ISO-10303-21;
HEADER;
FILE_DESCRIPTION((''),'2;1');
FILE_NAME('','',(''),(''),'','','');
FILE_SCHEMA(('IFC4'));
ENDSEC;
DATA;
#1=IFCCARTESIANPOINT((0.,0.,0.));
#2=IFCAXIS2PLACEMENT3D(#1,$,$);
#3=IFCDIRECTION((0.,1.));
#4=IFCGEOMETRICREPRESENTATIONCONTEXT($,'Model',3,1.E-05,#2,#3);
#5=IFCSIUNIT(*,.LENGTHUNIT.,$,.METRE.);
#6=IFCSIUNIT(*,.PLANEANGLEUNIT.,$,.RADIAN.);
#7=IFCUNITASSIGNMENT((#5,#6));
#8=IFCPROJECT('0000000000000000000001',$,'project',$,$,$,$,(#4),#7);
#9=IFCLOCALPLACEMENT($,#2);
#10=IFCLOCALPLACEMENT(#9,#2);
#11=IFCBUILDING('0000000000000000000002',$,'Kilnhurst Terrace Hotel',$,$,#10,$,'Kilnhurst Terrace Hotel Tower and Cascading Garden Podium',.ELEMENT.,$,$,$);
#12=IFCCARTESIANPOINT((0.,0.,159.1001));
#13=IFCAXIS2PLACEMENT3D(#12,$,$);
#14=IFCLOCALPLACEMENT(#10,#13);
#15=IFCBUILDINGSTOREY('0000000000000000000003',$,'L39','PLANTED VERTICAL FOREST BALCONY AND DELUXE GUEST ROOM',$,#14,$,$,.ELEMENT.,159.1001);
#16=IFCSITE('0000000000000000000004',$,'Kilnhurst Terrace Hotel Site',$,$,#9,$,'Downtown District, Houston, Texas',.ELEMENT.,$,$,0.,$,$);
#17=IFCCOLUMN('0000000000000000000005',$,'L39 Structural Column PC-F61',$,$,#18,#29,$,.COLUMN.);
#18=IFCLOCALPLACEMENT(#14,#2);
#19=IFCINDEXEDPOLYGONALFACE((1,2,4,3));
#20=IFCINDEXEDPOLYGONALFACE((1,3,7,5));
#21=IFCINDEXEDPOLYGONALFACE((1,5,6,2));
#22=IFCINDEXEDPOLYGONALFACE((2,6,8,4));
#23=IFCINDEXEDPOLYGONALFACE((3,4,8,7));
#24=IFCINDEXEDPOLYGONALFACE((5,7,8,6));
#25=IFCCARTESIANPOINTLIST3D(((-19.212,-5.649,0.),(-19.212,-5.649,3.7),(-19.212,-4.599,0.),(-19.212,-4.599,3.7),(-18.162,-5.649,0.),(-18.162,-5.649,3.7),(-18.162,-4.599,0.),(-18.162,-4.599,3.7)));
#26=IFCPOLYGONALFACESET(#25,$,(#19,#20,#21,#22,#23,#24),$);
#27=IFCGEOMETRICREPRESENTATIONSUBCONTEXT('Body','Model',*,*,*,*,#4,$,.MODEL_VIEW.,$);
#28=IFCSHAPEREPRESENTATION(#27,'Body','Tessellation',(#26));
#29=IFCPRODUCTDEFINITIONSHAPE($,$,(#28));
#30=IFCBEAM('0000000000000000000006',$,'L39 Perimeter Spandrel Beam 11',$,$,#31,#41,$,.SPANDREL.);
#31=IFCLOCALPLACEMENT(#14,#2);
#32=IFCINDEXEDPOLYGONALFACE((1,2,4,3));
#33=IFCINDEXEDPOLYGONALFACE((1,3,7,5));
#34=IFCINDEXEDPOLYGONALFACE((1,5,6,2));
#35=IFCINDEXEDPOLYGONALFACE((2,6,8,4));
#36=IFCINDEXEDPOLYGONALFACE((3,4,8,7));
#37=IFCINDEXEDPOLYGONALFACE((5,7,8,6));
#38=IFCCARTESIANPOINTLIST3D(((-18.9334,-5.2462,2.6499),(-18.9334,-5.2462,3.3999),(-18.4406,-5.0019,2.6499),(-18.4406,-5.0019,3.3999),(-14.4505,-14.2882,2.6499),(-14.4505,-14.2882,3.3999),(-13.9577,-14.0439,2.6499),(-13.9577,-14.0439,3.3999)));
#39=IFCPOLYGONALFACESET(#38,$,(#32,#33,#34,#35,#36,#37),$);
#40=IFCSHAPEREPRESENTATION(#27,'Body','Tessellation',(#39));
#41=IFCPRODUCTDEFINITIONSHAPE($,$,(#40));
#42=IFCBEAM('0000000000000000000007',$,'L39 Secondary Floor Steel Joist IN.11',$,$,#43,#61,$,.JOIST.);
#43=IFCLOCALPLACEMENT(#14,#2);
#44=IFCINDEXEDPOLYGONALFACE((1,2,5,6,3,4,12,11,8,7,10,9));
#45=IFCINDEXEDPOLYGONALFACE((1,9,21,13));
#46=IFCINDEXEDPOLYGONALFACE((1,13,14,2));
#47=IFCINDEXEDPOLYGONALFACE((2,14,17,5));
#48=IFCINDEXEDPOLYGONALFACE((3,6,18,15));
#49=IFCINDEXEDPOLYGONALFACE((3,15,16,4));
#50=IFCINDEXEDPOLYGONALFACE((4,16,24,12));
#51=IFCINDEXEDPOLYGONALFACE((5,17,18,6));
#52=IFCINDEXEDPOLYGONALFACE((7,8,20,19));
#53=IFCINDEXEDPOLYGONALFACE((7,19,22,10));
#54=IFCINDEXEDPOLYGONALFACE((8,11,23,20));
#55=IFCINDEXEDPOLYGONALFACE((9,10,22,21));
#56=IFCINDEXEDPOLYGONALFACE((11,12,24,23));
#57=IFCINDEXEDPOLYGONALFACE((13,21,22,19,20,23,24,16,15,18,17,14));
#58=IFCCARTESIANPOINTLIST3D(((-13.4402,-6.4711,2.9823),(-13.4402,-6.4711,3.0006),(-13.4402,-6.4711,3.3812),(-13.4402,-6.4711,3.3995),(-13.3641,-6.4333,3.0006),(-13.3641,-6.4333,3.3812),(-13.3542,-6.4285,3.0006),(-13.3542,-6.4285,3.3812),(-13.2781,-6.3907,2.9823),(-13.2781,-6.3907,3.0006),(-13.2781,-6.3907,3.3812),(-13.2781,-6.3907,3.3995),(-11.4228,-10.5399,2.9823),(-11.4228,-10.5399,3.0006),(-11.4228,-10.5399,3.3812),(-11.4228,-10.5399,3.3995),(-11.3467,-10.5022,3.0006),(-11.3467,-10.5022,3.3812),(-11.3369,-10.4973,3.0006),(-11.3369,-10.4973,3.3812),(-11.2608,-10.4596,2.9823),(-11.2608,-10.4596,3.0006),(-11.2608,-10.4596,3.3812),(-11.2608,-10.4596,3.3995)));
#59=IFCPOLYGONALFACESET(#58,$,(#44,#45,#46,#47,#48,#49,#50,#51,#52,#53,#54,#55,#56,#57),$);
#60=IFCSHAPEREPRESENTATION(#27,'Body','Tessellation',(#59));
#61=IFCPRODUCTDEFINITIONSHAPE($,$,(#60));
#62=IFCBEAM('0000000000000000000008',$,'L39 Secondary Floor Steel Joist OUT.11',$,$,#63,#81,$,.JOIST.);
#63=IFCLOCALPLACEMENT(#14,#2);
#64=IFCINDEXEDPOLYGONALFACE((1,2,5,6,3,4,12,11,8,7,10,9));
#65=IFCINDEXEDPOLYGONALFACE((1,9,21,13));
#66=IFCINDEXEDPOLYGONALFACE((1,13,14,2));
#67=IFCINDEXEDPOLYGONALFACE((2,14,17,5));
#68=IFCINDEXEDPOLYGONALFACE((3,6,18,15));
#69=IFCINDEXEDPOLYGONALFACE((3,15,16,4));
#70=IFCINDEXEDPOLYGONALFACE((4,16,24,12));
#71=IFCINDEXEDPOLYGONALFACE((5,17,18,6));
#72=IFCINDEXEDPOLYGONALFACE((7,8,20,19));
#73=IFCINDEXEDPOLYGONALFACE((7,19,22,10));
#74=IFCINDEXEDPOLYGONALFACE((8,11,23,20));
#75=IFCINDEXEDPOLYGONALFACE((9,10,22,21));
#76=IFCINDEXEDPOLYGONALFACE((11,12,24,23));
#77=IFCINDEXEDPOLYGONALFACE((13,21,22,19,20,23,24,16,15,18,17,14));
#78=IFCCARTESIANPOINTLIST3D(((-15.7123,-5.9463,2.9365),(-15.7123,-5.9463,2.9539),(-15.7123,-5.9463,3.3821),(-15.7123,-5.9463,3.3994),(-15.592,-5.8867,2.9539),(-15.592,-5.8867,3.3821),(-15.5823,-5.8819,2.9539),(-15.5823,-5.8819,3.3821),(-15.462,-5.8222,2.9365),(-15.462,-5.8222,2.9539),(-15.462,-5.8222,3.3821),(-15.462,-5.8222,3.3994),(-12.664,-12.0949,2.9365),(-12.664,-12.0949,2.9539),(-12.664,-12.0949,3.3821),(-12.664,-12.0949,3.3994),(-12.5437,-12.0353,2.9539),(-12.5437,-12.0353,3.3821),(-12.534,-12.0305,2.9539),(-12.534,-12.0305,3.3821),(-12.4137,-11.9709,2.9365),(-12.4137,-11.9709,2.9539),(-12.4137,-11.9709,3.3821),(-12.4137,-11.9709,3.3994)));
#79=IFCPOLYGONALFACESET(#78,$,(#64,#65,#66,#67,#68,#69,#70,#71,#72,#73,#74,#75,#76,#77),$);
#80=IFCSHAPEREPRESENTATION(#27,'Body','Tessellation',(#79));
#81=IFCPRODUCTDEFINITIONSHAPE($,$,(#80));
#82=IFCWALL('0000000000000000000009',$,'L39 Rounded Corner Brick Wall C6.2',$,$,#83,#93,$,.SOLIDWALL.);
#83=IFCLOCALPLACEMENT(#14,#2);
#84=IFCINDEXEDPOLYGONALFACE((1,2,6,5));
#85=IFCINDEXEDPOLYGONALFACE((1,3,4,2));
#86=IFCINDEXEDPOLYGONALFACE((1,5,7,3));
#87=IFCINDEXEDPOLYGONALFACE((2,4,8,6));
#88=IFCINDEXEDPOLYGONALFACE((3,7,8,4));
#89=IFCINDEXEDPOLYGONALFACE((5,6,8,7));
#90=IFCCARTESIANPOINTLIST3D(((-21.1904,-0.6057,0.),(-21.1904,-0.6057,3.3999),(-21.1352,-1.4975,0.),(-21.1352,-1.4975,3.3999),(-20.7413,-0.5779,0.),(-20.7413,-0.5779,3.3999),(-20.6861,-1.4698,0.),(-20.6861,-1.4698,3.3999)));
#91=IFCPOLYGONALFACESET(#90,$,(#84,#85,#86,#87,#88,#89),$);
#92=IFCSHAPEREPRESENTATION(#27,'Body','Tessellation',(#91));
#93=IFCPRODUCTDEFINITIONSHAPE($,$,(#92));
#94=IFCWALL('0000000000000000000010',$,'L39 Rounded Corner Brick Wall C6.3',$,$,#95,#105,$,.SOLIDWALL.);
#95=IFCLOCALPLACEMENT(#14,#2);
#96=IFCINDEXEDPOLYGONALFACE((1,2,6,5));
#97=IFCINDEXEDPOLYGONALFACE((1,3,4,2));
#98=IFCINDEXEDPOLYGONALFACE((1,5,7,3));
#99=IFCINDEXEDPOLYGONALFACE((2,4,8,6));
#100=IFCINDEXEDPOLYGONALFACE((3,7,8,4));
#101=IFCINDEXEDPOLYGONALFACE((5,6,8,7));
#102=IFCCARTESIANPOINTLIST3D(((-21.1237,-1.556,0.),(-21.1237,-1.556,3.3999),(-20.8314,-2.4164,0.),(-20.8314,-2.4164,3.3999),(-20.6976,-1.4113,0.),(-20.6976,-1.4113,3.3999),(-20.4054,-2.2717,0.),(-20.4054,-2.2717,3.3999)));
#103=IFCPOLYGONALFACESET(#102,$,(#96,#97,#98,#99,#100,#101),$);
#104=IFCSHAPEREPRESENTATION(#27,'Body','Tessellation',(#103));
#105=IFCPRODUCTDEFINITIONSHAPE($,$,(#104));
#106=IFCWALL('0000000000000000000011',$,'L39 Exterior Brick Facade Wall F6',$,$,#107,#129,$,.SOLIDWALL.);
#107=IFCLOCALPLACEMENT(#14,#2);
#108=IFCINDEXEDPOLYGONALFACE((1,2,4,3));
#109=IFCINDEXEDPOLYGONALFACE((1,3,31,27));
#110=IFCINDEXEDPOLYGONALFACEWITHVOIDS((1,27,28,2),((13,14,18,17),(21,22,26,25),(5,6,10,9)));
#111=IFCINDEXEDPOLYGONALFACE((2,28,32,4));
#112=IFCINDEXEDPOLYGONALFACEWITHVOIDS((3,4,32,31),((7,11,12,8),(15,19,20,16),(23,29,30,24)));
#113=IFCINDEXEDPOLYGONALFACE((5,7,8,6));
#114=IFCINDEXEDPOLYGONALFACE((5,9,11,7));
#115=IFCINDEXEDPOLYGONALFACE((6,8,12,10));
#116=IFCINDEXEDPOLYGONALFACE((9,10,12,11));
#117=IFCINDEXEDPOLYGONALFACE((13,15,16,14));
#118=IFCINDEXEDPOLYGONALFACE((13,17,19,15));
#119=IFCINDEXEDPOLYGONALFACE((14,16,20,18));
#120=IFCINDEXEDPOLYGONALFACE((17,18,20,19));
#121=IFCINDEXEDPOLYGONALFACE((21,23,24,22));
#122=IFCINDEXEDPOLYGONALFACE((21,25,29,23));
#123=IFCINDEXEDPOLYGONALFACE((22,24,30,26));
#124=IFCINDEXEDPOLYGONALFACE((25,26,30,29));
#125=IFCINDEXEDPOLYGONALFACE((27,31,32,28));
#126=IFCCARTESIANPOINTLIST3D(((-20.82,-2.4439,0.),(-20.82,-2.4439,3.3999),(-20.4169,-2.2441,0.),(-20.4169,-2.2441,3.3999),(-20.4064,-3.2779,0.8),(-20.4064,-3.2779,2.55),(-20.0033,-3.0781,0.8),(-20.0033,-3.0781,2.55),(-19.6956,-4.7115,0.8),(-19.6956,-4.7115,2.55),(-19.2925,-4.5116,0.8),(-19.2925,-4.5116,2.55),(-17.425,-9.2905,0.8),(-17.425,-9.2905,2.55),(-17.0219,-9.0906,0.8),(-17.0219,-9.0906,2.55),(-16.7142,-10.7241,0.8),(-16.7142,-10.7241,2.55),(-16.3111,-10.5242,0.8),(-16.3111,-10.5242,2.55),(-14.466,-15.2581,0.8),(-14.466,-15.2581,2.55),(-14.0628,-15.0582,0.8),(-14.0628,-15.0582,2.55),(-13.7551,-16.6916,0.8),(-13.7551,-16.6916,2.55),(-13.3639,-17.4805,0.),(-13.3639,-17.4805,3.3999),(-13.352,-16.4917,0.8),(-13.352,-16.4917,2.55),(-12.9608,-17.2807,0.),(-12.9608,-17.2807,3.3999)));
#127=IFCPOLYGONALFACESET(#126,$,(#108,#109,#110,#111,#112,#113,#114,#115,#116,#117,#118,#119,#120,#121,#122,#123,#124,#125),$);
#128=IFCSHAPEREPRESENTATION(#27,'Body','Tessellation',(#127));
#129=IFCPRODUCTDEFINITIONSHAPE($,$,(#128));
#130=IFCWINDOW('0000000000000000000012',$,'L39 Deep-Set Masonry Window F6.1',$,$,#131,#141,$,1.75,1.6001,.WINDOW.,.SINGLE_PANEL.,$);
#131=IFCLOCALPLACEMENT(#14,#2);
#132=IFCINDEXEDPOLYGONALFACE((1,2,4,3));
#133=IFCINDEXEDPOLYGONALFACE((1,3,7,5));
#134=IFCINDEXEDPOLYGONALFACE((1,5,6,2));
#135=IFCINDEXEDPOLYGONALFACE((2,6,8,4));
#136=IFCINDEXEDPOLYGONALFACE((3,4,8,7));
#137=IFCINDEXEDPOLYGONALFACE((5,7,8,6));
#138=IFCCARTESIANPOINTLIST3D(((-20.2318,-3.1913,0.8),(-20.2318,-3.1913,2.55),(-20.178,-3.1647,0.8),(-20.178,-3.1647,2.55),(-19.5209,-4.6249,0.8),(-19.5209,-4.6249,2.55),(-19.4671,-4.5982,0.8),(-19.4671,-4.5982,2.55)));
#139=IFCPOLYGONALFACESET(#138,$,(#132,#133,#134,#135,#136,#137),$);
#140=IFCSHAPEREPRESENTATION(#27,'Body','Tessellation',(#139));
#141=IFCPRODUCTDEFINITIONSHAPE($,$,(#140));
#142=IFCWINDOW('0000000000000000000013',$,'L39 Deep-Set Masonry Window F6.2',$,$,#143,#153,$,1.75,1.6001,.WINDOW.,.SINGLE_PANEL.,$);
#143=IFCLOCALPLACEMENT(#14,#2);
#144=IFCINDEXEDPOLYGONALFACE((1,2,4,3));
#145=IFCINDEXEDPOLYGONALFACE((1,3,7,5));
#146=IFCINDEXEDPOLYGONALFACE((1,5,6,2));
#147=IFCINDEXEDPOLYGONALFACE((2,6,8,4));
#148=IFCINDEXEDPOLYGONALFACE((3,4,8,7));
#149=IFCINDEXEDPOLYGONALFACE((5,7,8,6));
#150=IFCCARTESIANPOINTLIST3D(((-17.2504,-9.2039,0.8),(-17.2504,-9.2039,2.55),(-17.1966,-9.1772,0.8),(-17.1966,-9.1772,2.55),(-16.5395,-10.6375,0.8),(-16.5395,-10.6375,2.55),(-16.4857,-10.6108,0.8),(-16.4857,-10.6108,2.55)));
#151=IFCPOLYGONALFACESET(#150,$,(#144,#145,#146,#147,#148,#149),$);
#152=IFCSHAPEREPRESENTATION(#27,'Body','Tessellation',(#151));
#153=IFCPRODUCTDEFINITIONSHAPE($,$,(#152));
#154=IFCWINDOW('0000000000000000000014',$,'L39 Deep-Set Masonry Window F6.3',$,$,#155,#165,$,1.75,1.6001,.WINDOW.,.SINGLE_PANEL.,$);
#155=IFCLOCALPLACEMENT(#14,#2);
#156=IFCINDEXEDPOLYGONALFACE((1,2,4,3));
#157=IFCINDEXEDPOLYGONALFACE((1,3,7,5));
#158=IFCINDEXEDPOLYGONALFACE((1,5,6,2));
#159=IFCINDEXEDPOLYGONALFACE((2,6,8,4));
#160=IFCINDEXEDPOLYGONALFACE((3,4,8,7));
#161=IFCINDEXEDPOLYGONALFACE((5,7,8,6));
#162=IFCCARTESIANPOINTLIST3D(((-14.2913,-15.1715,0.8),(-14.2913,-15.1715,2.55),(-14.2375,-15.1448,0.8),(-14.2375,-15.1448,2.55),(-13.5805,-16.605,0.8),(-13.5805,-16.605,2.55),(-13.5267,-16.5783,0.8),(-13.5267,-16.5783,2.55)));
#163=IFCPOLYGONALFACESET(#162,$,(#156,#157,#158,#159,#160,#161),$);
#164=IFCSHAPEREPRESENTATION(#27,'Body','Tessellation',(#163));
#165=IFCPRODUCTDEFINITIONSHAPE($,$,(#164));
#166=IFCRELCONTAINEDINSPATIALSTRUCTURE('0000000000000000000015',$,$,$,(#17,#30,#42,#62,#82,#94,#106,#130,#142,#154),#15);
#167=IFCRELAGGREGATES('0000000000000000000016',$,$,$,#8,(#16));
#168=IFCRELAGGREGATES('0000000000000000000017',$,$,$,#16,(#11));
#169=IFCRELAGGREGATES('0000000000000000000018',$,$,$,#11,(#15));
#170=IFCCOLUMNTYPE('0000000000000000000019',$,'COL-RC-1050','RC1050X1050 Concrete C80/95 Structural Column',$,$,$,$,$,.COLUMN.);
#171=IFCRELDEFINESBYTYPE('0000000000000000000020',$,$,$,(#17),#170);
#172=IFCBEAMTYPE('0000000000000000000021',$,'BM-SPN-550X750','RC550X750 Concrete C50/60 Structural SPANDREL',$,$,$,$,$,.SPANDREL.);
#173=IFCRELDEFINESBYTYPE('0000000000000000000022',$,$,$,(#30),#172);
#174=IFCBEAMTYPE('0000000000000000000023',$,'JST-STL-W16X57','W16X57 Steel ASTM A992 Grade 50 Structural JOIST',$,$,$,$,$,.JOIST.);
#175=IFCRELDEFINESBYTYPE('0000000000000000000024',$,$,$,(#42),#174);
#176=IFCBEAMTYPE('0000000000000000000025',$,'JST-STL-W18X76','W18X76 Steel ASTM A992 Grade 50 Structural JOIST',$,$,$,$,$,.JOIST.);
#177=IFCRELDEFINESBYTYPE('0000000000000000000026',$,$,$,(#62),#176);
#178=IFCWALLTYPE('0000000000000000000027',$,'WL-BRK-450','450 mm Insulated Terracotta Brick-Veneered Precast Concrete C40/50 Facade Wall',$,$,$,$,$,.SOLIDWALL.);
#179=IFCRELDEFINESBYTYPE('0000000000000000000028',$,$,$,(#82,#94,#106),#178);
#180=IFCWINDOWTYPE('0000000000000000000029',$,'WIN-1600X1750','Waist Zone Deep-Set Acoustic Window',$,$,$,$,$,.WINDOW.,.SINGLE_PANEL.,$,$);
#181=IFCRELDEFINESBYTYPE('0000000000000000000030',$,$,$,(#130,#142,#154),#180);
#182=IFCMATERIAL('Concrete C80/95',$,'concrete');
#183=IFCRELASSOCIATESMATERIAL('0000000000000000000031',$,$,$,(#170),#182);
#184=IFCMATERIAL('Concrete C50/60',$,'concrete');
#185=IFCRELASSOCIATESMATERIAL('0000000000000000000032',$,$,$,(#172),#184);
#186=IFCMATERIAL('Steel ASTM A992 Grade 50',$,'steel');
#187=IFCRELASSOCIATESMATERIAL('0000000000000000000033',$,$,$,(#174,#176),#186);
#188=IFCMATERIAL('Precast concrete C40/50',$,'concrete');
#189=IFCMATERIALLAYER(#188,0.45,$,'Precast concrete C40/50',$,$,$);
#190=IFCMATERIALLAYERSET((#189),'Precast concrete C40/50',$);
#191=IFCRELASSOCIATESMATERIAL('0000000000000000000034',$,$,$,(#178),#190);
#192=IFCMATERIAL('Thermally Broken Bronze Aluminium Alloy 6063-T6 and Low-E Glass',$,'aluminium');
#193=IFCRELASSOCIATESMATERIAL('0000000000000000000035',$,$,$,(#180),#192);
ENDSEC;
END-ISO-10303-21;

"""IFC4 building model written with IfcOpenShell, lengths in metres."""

from ifc_helpers import new_model, si_unit, direction, frame, frame_2d, origin, origin_2d, place, context, subcontext, project, spatial, rectangle, i_section, extrude, material, layer, layer_set, material_profile, profile_set, type_object, element, fill, save


model = new_model("IFC4")

# Units and contexts
model_context = context("Model", 3, precision=1e-05, world=origin(), true_north=direction((0.0, 1.0)))
body_context = subcontext(model_context, "Body", "Model", "MODEL_VIEW")
ifc_project = project(units=[si_unit("LENGTHUNIT", "METRE"), si_unit("PLANEANGLEUNIT", "RADIAN")], contexts=[model_context])

# Site, building, storey
site_placement = place(None, origin())
site = spatial("IfcSite", under=ifc_project, at=site_placement, Name="Kilnhurst Terrace Hotel Site", LongName="Downtown District, Houston, Texas", CompositionType="ELEMENT", RefElevation=0.0)
building_placement = place(site_placement, origin())
building = spatial("IfcBuilding", under=site, at=building_placement, Name="Kilnhurst Terrace Hotel", LongName="Kilnhurst Terrace Hotel Tower and Cascading Garden Podium", CompositionType="ELEMENT")
storey_placement = place(building_placement, frame((0.0, 0.0, 159.1001)))
storey = spatial("IfcBuildingStorey", under=building, at=storey_placement, Name="L39", Description="PLANTED VERTICAL FOREST BALCONY AND DELUXE GUEST ROOM", CompositionType="ELEMENT", Elevation=159.1001)

# Column
ifc_material_1 = material(Name="Concrete C80/95", Category="concrete")
ifc_material_profile_1 = material_profile(ifc_material_1, rectangle(XDim=1.05, YDim=1.05, at=origin_2d()), Name="RC1050X1050")
ifc_profile_set_1 = profile_set([ifc_material_profile_1], Name="Concrete C80/95")
column_type = type_object("IfcColumnType", Name="COL-RC-1050", Description="RC1050X1050 Concrete C80/95 Structural Column", PredefinedType="COLUMN", material=ifc_profile_set_1)
column_placement = place(storey_placement, frame((-18.687, -5.124, 0.0), z_axis=(0.0, 0.0, 1.0), x_axis=(1.0, 0.0, 0.0)))
element("IfcColumn", 1, at=column_placement, inside=storey, type_object=column_type, Name="L39 Structural Column PC-F61", PredefinedType="COLUMN", context=body_context, shape_type="SweptSolid", body=[
    extrude(rectangle(XDim=1.05, YDim=1.05, at=origin_2d()), origin(), (0.0, 0.0, 1.0), 3.7),
])

# Beams
ifc_material_2 = material(Name="Concrete C50/60", Category="concrete")
ifc_material_profile_2 = material_profile(ifc_material_2, rectangle(XDim=0.55, YDim=0.75, at=origin_2d()), Name="RC550X750")
ifc_profile_set_2 = profile_set([ifc_material_profile_2], Name="Concrete C50/60")
beam_type_1 = type_object("IfcBeamType", Name="BM-SPN-550X750", Description="RC550X750 Concrete C50/60 Structural SPANDREL", PredefinedType="SPANDREL", material=ifc_profile_set_2)
beam_1_placement = place(storey_placement, frame((-18.687, -5.124, 3.0249), z_axis=(0.444192, -0.895932, 0.0), x_axis=(0.895932, 0.444192, 0.0)))
element("IfcBeam", 2, at=beam_1_placement, inside=storey, type_object=beam_type_1, Name="L39 Perimeter Spandrel Beam 11", PredefinedType="SPANDREL", context=body_context, shape_type="SweptSolid", body=[
    extrude(rectangle(XDim=0.55, YDim=0.75, at=origin_2d()), origin(), (0.0, 0.0, 1.0), 10.0923),
])
ifc_material_3 = material(Name="Steel ASTM A992 Grade 50", Category="steel")
ifc_material_profile_3 = material_profile(ifc_material_3, i_section(OverallWidth=0.1809, OverallDepth=0.4172, WebThickness=0.011, FlangeThickness=0.0183, at=origin_2d()), Name="W16X57")
ifc_profile_set_3 = profile_set([ifc_material_profile_3], Name="Steel ASTM A992 Grade 50")
beam_type_2 = type_object("IfcBeamType", Name="JST-STL-W16X57", Description="W16X57 Steel ASTM A992 Grade 50 Structural JOIST", PredefinedType="JOIST", material=ifc_profile_set_3)
beam_2_placement = place(storey_placement, frame((-13.3591, -6.4309, 3.1909), z_axis=(0.444201, -0.895927, 0.0), x_axis=(0.895927, 0.444201, 0.0)))
element("IfcBeam", 3, at=beam_2_placement, inside=storey, type_object=beam_type_2, Name="L39 Secondary Floor Steel Joist IN.11", PredefinedType="JOIST", context=body_context, shape_type="SweptSolid", body=[
    extrude(i_section(OverallWidth=0.1809, OverallDepth=0.4172, WebThickness=0.011, FlangeThickness=0.0183, at=origin_2d()), origin(), (0.0, 0.0, 1.0), 4.5415),
])
ifc_material_profile_4 = material_profile(ifc_material_3, i_section(OverallWidth=0.2793, OverallDepth=0.4629, WebThickness=0.0107, FlangeThickness=0.0173, at=origin_2d()), Name="W18X76")
ifc_profile_set_4 = profile_set([ifc_material_profile_4], Name="Steel ASTM A992 Grade 50")
beam_type_3 = type_object("IfcBeamType", Name="JST-STL-W18X76", Description="W18X76 Steel ASTM A992 Grade 50 Structural JOIST", PredefinedType="JOIST", material=ifc_profile_set_4)
beam_3_placement = place(storey_placement, frame((-15.5872, -5.8843, 3.168), z_axis=(0.44418, -0.895938, 0.0), x_axis=(0.895938, 0.44418, 0.0)))
element("IfcBeam", 4, at=beam_3_placement, inside=storey, type_object=beam_type_3, Name="L39 Secondary Floor Steel Joist OUT.11", PredefinedType="JOIST", context=body_context, shape_type="SweptSolid", body=[
    extrude(i_section(OverallWidth=0.2793, OverallDepth=0.4629, WebThickness=0.0107, FlangeThickness=0.0173, at=origin_2d()), origin(), (0.0, 0.0, 1.0), 6.8628),
])

# Walls
ifc_material_4 = material(Name="Precast concrete C40/50", Category="concrete")
ifc_layer_1 = layer(ifc_material_4, 0.45, Name="Precast concrete C40/50")
ifc_layer_set_1 = layer_set([ifc_layer_1], Name="Precast concrete C40/50")
wall_type_1 = type_object("IfcWallType", Name="WL-BRK-450", Description="450 mm Insulated Terracotta Brick-Veneered Precast Concrete C40/50 Facade Wall", PredefinedType="SOLIDWALL", material=ifc_layer_set_1)
wall_1_placement = place(storey_placement, frame((-20.9658, -0.5918, 0.0), z_axis=(0.0, 0.0, 1.0), x_axis=(0.061749, -0.998092, 0.0)))
element("IfcWall", 5, at=wall_1_placement, inside=storey, type_object=wall_type_1, Name="L39 Rounded Corner Brick Wall C6.2", PredefinedType="SOLIDWALL", context=body_context, shape_type="SweptSolid", body=[
    extrude(rectangle(XDim=0.8936, YDim=0.45, at=frame_2d((0.4468, 0.0))), origin(), (0.0, 0.0, 1.0), 3.3999),
])
wall_2_placement = place(storey_placement, frame((-20.9106, -1.4836, 0.0), z_axis=(0.0, 0.0, 1.0), x_axis=(0.321623, -0.946868, 0.0)))
element("IfcWall", 6, at=wall_2_placement, inside=storey, type_object=wall_type_1, Name="L39 Rounded Corner Brick Wall C6.3", PredefinedType="SOLIDWALL", context=body_context, shape_type="SweptSolid", body=[
    extrude(rectangle(XDim=0.9087, YDim=0.45, at=frame_2d((0.4543, 0.0))), origin(), (0.0, 0.0, 1.0), 3.3999),
])

# Wall, openings, windows
wall_3_placement = place(storey_placement, frame((-20.6184, -2.344, 0.0), z_axis=(0.0, 0.0, 1.0), x_axis=(0.444244, -0.895906, 0.0)))
wall_3 = element("IfcWall", 7, at=wall_3_placement, inside=storey, type_object=wall_type_1, Name="L39 Exterior Brick Facade Wall F6", PredefinedType="SOLIDWALL", context=body_context, shape_type="SweptSolid", body=[
    extrude(rectangle(XDim=16.7837, YDim=0.45, at=frame_2d((8.3918, 0.0))), origin(), (0.0, 0.0, 1.0), 3.3999),
])
opening_1_placement = place(wall_3_placement, frame((0.9309, 0.0, 0.8)))
opening_1 = element("IfcOpeningElement", 8, at=opening_1_placement, cuts=wall_3, PredefinedType="OPENING", context=body_context, shape_type="SweptSolid", body=[
    extrude(rectangle(XDim=1.6001, YDim=1.75, at=frame_2d((0.8, 0.875))), frame((0.0, 0.2349, 0.0), z_axis=(0.0, -1.0, 0.0), x_axis=(1.0, 0.0, 0.0)), (0.0, 0.0, 1.0), 0.47),
])
opening_2_placement = place(wall_3_placement, frame((7.6421, 0.0, 0.8)))
opening_2 = element("IfcOpeningElement", 9, at=opening_2_placement, cuts=wall_3, PredefinedType="OPENING", context=body_context, shape_type="SweptSolid", body=[
    extrude(rectangle(XDim=1.6001, YDim=1.75, at=frame_2d((0.8, 0.875))), frame((0.0, 0.2349, 0.0), z_axis=(0.0, -1.0, 0.0), x_axis=(1.0, 0.0, 0.0)), (0.0, 0.0, 1.0), 0.47),
])
opening_3_placement = place(wall_3_placement, frame((14.303, 0.0, 0.8)))
opening_3 = element("IfcOpeningElement", 10, at=opening_3_placement, cuts=wall_3, PredefinedType="OPENING", context=body_context, shape_type="SweptSolid", body=[
    extrude(rectangle(XDim=1.6001, YDim=1.75, at=frame_2d((0.8, 0.875))), frame((0.0, 0.2349, 0.0), z_axis=(0.0, -1.0, 0.0), x_axis=(1.0, 0.0, 0.0)), (0.0, 0.0, 1.0), 0.47),
])
ifc_material_5 = material(Name="Thermally Broken Bronze Aluminium Alloy 6063-T6 and Low-E Glass", Category="aluminium")
window_type = type_object("IfcWindowType", Name="WIN-1600X1750", Description="Waist Zone Deep-Set Acoustic Window", PartitioningType="SINGLE_PANEL", PredefinedType="WINDOW", material=ifc_material_5)
window_1_placement = place(opening_1_placement, origin())
window_1 = element("IfcWindow", 11, at=window_1_placement, inside=storey, type_object=window_type, Name="L39 Deep-Set Masonry Window F6.1", OverallHeight=1.75, OverallWidth=1.6001, PartitioningType="SINGLE_PANEL", PredefinedType="WINDOW", context=body_context, shape_type="SweptSolid", body=[
    extrude(rectangle(XDim=1.6001, YDim=1.75, at=frame_2d((0.8, 0.875))), frame((0.0, 0.03, 0.0), z_axis=(0.0, -1.0, 0.0), x_axis=(1.0, 0.0, 0.0)), (0.0, 0.0, 1.0), 0.0601),
])
fill(opening_1, window_1)
window_2_placement = place(opening_2_placement, origin())
window_2 = element("IfcWindow", 12, at=window_2_placement, inside=storey, type_object=window_type, Name="L39 Deep-Set Masonry Window F6.2", OverallHeight=1.75, OverallWidth=1.6001, PartitioningType="SINGLE_PANEL", PredefinedType="WINDOW", context=body_context, shape_type="SweptSolid", body=[
    extrude(rectangle(XDim=1.6001, YDim=1.75, at=frame_2d((0.8, 0.875))), frame((0.0, 0.03, 0.0), z_axis=(0.0, -1.0, 0.0), x_axis=(1.0, 0.0, 0.0)), (0.0, 0.0, 1.0), 0.0601),
])
fill(opening_2, window_2)
window_3_placement = place(opening_3_placement, origin())
window_3 = element("IfcWindow", 13, at=window_3_placement, inside=storey, type_object=window_type, Name="L39 Deep-Set Masonry Window F6.3", OverallHeight=1.75, OverallWidth=1.6001, PartitioningType="SINGLE_PANEL", PredefinedType="WINDOW", context=body_context, shape_type="SweptSolid", body=[
    extrude(rectangle(XDim=1.6001, YDim=1.75, at=frame_2d((0.8, 0.875))), frame((0.0, 0.03, 0.0), z_axis=(0.0, -1.0, 0.0), x_axis=(1.0, 0.0, 0.0)), (0.0, 0.0, 1.0), 0.0601),
])
fill(opening_3, window_3)

save(model, "model.ifc")
